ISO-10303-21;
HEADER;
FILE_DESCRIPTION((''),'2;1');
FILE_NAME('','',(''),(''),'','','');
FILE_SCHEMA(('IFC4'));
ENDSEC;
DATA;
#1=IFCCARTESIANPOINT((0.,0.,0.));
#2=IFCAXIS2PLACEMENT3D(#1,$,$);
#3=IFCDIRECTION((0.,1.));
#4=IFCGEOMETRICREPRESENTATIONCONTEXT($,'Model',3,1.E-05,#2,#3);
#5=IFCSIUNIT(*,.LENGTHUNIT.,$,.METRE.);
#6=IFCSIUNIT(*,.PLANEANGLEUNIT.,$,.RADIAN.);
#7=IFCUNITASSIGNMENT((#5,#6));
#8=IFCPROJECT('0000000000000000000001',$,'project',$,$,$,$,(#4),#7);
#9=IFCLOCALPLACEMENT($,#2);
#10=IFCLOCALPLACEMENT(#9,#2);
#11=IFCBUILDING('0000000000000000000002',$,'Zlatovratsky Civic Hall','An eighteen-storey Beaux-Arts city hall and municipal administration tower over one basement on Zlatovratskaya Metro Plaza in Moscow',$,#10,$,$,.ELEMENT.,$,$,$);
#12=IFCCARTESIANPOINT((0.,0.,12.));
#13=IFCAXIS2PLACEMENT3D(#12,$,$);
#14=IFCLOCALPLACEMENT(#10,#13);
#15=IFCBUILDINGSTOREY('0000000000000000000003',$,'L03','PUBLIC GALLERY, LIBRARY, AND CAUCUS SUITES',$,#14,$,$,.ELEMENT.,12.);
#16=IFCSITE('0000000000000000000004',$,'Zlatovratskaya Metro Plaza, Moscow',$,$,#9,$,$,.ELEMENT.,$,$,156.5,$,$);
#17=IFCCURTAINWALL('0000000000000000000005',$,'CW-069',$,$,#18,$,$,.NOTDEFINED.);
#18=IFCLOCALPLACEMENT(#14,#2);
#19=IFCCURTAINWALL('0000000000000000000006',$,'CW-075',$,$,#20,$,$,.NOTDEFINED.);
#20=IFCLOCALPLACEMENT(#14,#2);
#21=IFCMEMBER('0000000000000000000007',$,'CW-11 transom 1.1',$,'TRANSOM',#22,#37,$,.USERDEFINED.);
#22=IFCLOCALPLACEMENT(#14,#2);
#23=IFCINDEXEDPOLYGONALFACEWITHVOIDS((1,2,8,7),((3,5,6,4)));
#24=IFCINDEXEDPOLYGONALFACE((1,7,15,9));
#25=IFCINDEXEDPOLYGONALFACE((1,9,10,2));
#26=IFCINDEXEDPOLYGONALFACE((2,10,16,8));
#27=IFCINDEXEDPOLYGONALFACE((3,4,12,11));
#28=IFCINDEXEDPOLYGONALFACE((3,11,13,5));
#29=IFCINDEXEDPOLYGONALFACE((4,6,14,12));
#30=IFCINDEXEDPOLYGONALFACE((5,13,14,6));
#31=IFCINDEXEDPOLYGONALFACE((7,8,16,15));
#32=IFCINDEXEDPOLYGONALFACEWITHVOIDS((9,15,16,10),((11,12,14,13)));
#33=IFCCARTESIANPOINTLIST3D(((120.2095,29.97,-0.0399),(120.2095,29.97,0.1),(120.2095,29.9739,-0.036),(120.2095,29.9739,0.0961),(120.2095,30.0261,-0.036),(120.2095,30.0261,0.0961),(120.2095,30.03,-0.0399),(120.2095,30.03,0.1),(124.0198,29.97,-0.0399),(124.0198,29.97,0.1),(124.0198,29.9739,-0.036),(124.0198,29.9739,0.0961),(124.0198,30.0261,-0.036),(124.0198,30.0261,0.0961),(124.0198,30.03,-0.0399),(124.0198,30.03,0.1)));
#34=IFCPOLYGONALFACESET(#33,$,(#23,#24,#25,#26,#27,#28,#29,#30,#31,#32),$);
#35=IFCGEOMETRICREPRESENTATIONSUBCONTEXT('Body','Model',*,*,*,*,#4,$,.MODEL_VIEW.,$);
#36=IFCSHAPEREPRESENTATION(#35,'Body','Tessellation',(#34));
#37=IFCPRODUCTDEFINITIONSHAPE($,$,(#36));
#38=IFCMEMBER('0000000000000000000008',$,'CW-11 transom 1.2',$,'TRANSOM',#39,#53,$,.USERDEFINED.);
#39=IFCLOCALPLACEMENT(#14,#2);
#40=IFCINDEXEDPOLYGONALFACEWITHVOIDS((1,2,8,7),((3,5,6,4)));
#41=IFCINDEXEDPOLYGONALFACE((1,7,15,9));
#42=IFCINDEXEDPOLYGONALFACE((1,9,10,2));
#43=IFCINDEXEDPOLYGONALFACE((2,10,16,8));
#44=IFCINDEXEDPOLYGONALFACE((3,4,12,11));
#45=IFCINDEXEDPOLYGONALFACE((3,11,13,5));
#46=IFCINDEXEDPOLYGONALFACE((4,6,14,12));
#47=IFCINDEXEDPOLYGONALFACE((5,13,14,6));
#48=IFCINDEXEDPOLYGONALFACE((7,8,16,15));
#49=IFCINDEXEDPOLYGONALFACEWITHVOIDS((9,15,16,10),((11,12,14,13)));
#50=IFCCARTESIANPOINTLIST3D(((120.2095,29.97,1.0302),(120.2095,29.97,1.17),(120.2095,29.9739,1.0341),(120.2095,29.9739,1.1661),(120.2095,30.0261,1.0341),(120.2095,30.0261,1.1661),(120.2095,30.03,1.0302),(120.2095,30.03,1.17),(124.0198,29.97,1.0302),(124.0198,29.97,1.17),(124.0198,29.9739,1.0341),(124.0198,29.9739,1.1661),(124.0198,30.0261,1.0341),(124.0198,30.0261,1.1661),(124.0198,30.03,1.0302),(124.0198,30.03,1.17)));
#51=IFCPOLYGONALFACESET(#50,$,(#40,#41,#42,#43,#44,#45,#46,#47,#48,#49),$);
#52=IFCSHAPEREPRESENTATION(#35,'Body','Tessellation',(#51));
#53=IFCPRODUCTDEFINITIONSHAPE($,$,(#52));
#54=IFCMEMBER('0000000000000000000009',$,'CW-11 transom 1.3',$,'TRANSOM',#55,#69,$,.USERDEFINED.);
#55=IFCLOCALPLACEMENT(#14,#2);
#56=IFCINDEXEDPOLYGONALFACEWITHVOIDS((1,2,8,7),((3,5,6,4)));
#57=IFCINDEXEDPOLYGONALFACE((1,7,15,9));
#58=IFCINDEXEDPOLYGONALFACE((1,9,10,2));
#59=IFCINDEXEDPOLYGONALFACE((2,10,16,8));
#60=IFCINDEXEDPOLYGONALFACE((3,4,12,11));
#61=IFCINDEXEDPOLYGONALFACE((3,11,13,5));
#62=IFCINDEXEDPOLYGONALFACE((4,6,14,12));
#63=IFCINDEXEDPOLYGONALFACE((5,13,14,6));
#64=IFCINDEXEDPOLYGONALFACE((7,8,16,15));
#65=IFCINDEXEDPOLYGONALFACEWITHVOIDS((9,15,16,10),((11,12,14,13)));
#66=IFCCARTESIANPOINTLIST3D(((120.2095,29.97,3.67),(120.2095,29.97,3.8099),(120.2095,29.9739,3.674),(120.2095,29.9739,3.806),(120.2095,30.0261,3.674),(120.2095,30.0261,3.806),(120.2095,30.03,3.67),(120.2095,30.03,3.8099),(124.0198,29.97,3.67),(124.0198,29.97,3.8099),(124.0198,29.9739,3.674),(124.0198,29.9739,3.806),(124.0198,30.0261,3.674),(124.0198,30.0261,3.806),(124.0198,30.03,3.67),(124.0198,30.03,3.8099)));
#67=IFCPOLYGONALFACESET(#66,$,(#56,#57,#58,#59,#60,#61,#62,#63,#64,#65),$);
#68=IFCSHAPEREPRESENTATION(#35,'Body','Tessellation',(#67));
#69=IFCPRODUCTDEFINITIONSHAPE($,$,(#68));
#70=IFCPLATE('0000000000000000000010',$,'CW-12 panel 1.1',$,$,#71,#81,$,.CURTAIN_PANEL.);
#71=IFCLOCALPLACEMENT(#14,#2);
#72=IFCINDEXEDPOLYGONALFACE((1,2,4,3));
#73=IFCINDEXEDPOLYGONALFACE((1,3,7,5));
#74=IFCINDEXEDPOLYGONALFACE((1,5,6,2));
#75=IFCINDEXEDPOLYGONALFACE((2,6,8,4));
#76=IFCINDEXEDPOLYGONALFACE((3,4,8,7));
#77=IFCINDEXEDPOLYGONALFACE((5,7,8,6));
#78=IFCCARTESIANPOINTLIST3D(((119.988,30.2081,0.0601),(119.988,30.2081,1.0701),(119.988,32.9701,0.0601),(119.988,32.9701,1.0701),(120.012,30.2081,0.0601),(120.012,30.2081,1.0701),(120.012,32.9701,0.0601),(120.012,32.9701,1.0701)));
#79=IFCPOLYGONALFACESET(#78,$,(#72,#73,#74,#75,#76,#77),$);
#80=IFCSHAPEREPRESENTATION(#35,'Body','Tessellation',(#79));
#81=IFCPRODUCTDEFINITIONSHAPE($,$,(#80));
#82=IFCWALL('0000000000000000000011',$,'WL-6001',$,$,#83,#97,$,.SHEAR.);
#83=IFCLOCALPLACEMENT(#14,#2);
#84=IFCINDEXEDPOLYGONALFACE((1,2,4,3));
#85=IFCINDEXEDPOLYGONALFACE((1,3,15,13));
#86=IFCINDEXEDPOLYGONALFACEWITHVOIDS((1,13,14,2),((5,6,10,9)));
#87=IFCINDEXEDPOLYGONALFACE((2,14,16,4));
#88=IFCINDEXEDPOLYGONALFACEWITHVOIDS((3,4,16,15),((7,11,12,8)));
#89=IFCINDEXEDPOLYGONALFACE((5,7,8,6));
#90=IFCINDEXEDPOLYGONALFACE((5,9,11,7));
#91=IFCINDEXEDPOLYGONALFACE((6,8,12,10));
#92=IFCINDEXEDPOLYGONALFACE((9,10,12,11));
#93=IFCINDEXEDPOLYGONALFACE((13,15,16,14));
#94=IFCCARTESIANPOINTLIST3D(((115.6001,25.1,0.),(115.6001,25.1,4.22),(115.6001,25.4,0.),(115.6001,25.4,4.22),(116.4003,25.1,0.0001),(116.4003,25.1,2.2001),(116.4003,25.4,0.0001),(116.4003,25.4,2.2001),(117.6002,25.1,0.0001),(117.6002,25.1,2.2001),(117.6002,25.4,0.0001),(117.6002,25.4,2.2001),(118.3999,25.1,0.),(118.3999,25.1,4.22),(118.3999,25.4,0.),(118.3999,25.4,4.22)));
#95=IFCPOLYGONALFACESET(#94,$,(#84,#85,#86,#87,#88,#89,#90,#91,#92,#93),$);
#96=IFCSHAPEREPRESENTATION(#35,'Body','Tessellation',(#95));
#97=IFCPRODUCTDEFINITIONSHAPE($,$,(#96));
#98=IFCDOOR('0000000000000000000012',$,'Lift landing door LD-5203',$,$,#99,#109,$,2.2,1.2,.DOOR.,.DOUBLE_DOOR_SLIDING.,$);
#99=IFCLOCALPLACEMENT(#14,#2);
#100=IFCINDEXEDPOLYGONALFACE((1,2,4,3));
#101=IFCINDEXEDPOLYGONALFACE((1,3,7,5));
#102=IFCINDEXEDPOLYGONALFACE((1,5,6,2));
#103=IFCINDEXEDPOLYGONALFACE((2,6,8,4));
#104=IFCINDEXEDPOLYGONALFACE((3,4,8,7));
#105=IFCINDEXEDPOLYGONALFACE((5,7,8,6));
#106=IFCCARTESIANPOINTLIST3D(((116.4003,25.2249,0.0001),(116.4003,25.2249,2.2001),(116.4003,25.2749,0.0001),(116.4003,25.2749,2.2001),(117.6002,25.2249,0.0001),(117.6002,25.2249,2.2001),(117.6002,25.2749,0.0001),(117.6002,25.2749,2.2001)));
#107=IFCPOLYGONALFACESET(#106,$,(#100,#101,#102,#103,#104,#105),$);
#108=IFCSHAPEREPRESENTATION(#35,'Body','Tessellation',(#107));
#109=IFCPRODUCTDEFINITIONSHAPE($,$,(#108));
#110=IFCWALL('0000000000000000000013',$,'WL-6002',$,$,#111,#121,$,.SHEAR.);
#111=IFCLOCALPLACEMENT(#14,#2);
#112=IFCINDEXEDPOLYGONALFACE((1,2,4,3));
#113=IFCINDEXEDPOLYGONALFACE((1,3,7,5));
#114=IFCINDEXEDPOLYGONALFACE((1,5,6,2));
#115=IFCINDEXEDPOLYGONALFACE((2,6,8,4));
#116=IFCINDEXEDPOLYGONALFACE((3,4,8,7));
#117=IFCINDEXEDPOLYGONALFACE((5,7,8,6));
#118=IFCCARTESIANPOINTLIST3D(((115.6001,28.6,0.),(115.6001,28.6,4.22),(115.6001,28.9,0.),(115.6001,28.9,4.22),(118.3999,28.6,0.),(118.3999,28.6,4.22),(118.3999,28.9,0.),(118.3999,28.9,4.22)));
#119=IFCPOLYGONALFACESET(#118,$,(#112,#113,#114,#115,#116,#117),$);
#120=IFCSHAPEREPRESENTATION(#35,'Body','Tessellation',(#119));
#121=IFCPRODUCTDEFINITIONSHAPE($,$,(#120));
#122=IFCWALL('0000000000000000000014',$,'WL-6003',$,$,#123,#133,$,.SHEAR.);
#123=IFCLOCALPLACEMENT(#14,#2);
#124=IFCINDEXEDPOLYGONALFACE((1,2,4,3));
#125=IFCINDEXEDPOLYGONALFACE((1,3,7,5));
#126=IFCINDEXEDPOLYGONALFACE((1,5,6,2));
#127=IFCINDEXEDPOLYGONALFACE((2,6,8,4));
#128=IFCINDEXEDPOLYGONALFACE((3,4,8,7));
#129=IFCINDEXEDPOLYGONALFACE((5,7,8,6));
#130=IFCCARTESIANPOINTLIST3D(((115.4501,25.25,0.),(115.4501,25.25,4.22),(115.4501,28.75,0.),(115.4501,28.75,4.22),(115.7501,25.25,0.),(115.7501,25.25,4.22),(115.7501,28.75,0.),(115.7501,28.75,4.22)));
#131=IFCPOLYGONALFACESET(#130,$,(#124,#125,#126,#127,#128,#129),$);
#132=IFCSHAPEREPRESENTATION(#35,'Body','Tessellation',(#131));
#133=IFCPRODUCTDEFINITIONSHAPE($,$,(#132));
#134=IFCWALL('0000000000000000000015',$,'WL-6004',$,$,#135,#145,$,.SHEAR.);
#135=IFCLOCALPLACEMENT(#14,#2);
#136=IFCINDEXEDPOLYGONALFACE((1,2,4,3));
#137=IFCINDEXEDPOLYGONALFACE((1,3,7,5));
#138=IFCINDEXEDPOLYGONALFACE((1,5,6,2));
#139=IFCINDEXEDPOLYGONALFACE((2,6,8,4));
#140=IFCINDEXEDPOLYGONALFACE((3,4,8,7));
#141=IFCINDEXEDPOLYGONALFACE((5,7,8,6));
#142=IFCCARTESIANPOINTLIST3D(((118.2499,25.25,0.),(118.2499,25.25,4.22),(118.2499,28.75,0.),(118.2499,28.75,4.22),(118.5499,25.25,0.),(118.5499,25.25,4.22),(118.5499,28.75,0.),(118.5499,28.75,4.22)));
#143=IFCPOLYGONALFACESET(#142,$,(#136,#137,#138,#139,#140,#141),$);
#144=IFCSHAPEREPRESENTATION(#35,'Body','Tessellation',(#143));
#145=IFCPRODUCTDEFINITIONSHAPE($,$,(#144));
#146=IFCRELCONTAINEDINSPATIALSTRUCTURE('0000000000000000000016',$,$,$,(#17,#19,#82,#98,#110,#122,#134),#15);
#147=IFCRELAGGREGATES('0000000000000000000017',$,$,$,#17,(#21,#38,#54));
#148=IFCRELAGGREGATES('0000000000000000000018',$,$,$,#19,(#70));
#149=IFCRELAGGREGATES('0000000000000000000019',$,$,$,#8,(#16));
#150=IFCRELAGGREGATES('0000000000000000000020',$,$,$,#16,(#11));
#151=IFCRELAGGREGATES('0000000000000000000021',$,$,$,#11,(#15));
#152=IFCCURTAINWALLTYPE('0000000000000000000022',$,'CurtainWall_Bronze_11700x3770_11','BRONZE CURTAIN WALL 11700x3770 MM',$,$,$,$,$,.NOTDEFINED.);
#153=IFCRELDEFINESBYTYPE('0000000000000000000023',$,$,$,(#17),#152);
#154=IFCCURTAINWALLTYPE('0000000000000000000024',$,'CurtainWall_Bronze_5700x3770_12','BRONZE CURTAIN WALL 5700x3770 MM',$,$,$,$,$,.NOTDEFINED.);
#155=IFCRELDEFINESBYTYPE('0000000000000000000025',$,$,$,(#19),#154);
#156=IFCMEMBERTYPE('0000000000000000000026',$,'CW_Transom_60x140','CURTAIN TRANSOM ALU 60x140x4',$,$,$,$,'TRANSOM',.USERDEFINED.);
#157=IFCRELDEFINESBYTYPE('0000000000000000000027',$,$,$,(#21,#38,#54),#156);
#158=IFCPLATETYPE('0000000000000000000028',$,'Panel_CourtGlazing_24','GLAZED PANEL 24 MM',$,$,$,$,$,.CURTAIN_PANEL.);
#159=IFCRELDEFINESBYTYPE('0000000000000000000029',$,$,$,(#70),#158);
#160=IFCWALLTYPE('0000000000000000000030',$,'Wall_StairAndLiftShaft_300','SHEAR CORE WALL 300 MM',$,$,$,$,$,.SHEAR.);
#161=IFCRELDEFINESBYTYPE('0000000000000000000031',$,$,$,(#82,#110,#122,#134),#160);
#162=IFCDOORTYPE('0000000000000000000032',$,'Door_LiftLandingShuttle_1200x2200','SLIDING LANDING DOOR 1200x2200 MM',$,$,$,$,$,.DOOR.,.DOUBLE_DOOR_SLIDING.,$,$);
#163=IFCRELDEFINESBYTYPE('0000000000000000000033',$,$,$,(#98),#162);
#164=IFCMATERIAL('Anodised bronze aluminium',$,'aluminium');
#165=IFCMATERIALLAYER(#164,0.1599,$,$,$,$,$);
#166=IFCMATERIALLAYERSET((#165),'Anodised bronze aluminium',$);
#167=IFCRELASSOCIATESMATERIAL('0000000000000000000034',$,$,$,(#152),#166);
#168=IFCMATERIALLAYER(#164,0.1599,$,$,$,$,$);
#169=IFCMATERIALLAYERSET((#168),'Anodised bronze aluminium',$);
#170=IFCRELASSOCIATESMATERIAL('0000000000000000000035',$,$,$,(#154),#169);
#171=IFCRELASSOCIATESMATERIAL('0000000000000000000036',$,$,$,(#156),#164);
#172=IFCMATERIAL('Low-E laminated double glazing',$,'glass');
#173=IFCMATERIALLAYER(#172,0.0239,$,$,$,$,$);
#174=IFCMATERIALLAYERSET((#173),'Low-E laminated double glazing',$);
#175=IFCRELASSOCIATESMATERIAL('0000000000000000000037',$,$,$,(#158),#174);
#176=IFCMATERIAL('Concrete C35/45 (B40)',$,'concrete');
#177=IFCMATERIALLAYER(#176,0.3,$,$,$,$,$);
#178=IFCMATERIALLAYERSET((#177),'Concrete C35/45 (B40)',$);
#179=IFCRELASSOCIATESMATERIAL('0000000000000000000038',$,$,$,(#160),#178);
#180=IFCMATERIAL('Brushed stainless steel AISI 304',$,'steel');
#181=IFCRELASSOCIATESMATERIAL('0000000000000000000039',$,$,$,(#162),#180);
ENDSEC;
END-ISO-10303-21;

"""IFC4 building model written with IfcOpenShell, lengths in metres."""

from ifc_helpers import new_model, si_unit, direction, frame, frame_2d, origin, origin_2d, place, context, subcontext, project, spatial, rectangle, hollow_rectangle, extrude, material, layer, layer_set, material_profile, profile_set, type_object, element, fill, aggregate, save


model = new_model("IFC4")

# Units and contexts
model_context = context("Model", 3, precision=1e-05, world=origin(), true_north=direction((0.0, 1.0)))
body_context = subcontext(model_context, "Body", "Model", "MODEL_VIEW")
ifc_project = project(units=[si_unit("LENGTHUNIT", "METRE"), si_unit("PLANEANGLEUNIT", "RADIAN")], contexts=[model_context])

# Site, building, storey
site_placement = place(None, origin())
site = spatial("IfcSite", under=ifc_project, at=site_placement, Name="Zlatovratskaya Metro Plaza, Moscow", CompositionType="ELEMENT", RefElevation=156.5)
building_placement = place(site_placement, origin())
building = spatial("IfcBuilding", under=site, at=building_placement, Name="Zlatovratsky Civic Hall", Description="An eighteen-storey Beaux-Arts city hall and municipal administration tower over one basement on Zlatovratskaya Metro Plaza in Moscow", CompositionType="ELEMENT")
storey_placement = place(building_placement, frame((0.0, 0.0, 12.0)))
storey = spatial("IfcBuildingStorey", under=building, at=storey_placement, Name="L03", Description="PUBLIC GALLERY, LIBRARY, AND CAUCUS SUITES", CompositionType="ELEMENT", Elevation=12.0)

# Curtain wall
ifc_material_1 = material(Name="Anodised bronze aluminium", Category="aluminium")
ifc_layer_1 = layer(ifc_material_1, 0.1599)
ifc_layer_set_1 = layer_set([ifc_layer_1], Name="Anodised bronze aluminium")
curtain_wall_type_1 = type_object("IfcCurtainWallType", Name="CurtainWall_Bronze_11700x3770_11", Description="BRONZE CURTAIN WALL 11700x3770 MM", PredefinedType="NOTDEFINED", material=ifc_layer_set_1)
curtain_wall_1_placement = place(storey_placement, origin())
curtain_wall_1 = element("IfcCurtainWall", 1, at=curtain_wall_1_placement, inside=storey, type_object=curtain_wall_type_1, Name="CW-069", PredefinedType="NOTDEFINED")

# Curtain wall
ifc_layer_2 = layer(ifc_material_1, 0.1599)
ifc_layer_set_2 = layer_set([ifc_layer_2], Name="Anodised bronze aluminium")
curtain_wall_type_2 = type_object("IfcCurtainWallType", Name="CurtainWall_Bronze_5700x3770_12", Description="BRONZE CURTAIN WALL 5700x3770 MM", PredefinedType="NOTDEFINED", material=ifc_layer_set_2)
curtain_wall_2_placement = place(storey_placement, origin())
curtain_wall_2 = element("IfcCurtainWall", 2, at=curtain_wall_2_placement, inside=storey, type_object=curtain_wall_type_2, Name="CW-075", PredefinedType="NOTDEFINED")

# Members
ifc_material_profile_1 = material_profile(ifc_material_1, hollow_rectangle(XDim=0.0601, YDim=0.1399, WallThickness=0.0039, at=origin_2d()), Name="ALU 60x140x4")
ifc_profile_set_1 = profile_set([ifc_material_profile_1], Name="Anodised bronze aluminium")
member_type_1 = type_object("IfcMemberType", Name="CW_Transom_60x140", Description="CURTAIN TRANSOM ALU 60x140x4", ElementType="TRANSOM", PredefinedType="USERDEFINED", material=ifc_profile_set_1)
member_1_placement = place(storey_placement, frame((120.2095, 30.0, 0.03), z_axis=(1.0, 0.0, 0.0), x_axis=(0.0, 1.0, 0.0)))
member_1 = element("IfcMember", 3, at=member_1_placement, type_object=member_type_1, Name="CW-11 transom 1.1", ObjectType="TRANSOM", PredefinedType="USERDEFINED", context=body_context, shape_type="SweptSolid", body=[
    extrude(hollow_rectangle(XDim=0.0601, YDim=0.1399, WallThickness=0.0039, at=origin_2d()), origin(), (0.0, 0.0, 1.0), 3.8103),
])
member_2_placement = place(storey_placement, frame((120.2095, 30.0, 1.1001), z_axis=(1.0, 0.0, 0.0), x_axis=(0.0, 1.0, 0.0)))
member_2 = element("IfcMember", 4, at=member_2_placement, type_object=member_type_1, Name="CW-11 transom 1.2", ObjectType="TRANSOM", PredefinedType="USERDEFINED", context=body_context, shape_type="SweptSolid", body=[
    extrude(hollow_rectangle(XDim=0.0601, YDim=0.1399, WallThickness=0.0039, at=origin_2d()), origin(), (0.0, 0.0, 1.0), 3.8103),
])
member_3_placement = place(storey_placement, frame((120.2095, 30.0, 3.74), z_axis=(1.0, 0.0, 0.0), x_axis=(0.0, 1.0, 0.0)))
member_3 = element("IfcMember", 5, at=member_3_placement, type_object=member_type_1, Name="CW-11 transom 1.3", ObjectType="TRANSOM", PredefinedType="USERDEFINED", context=body_context, shape_type="SweptSolid", body=[
    extrude(hollow_rectangle(XDim=0.0601, YDim=0.1399, WallThickness=0.0039, at=origin_2d()), origin(), (0.0, 0.0, 1.0), 3.8103),
])
aggregate(curtain_wall_1, [member_1, member_2, member_3])

# Plate
ifc_material_2 = material(Name="Low-E laminated double glazing", Category="glass")
ifc_layer_3 = layer(ifc_material_2, 0.0239)
ifc_layer_set_3 = layer_set([ifc_layer_3], Name="Low-E laminated double glazing")
plate_type = type_object("IfcPlateType", Name="Panel_CourtGlazing_24", Description="GLAZED PANEL 24 MM", PredefinedType="CURTAIN_PANEL", material=ifc_layer_set_3)
plate_placement = place(storey_placement, frame((120.0, 31.5891, 0.0601), z_axis=(0.0, 0.0, 1.0), x_axis=(0.0, 1.0, 0.0)))
plate = element("IfcPlate", 6, at=plate_placement, type_object=plate_type, Name="CW-12 panel 1.1", PredefinedType="CURTAIN_PANEL", context=body_context, shape_type="SweptSolid", body=[
    extrude(rectangle(XDim=2.762, YDim=0.0239, at=origin_2d()), origin(), (0.0, 0.0, 1.0), 1.01),
])
aggregate(curtain_wall_2, [plate])

# Wall, opening, door
ifc_material_3 = material(Name="Concrete C35/45 (B40)", Category="concrete")
ifc_layer_4 = layer(ifc_material_3, 0.3)
ifc_layer_set_4 = layer_set([ifc_layer_4], Name="Concrete C35/45 (B40)")
wall_type = type_object("IfcWallType", Name="Wall_StairAndLiftShaft_300", Description="SHEAR CORE WALL 300 MM", PredefinedType="SHEAR", material=ifc_layer_set_4)
wall_1_placement = place(storey_placement, frame((115.6001, 25.25, 0.0), z_axis=(0.0, 0.0, 1.0), x_axis=(1.0, 0.0, 0.0)))
wall_1 = element("IfcWall", 7, at=wall_1_placement, inside=storey, type_object=wall_type, Name="WL-6001", PredefinedType="SHEAR", context=body_context, shape_type="SweptSolid", body=[
    extrude(rectangle(XDim=2.7998, YDim=0.3, at=frame_2d((1.3999, 0.0))), origin(), (0.0, 0.0, 1.0), 4.22),
])
opening_placement = place(wall_1_placement, frame((0.8, 0.0, 0.0)))
opening = element("IfcOpeningElement", 8, at=opening_placement, cuts=wall_1, PredefinedType="OPENING", context=body_context, shape_type="SweptSolid", body=[
    extrude(rectangle(XDim=1.2, YDim=2.2, at=frame_2d((0.6001, 1.1001))), frame((0.0, 0.165, 0.0), z_axis=(0.0, -1.0, 0.0), x_axis=(1.0, 0.0, 0.0)), (0.0, 0.0, 1.0), 0.3298),
])
ifc_material_4 = material(Name="Brushed stainless steel AISI 304", Category="steel")
door_type = type_object("IfcDoorType", Name="Door_LiftLandingShuttle_1200x2200", Description="SLIDING LANDING DOOR 1200x2200 MM", OperationType="DOUBLE_DOOR_SLIDING", PredefinedType="DOOR", material=ifc_material_4)
door_placement = place(opening_placement, origin())
door = element("IfcDoor", 9, at=door_placement, inside=storey, type_object=door_type, Name="Lift landing door LD-5203", OperationType="DOUBLE_DOOR_SLIDING", OverallHeight=2.2, OverallWidth=1.2, PredefinedType="DOOR", context=body_context, shape_type="SweptSolid", body=[
    extrude(rectangle(XDim=1.2, YDim=2.2, at=frame_2d((0.6001, 1.1001))), frame((0.0, 0.0249, 0.0), z_axis=(0.0, -1.0, 0.0), x_axis=(1.0, 0.0, 0.0)), (0.0, 0.0, 1.0), 0.05),
])
fill(opening, door)

# Walls
wall_2_placement = place(storey_placement, frame((115.6001, 28.75, 0.0), z_axis=(0.0, 0.0, 1.0), x_axis=(1.0, 0.0, 0.0)))
element("IfcWall", 10, at=wall_2_placement, inside=storey, type_object=wall_type, Name="WL-6002", PredefinedType="SHEAR", context=body_context, shape_type="SweptSolid", body=[
    extrude(rectangle(XDim=2.7998, YDim=0.3, at=frame_2d((1.3999, 0.0))), origin(), (0.0, 0.0, 1.0), 4.22),
])
for number, where, z_axis, x_axis, name in (
    (11, (115.6001, 25.25, 0.0), (0.0, 0.0, 1.0), (0.0, 1.0, 0.0), "WL-6003"),
    (12, (118.3999, 25.25, 0.0), (0.0, 0.0, 1.0), (0.0, 1.0, 0.0), "WL-6004"),
):
    element("IfcWall", number, at=place(storey_placement, frame(where, z_axis=z_axis, x_axis=x_axis)), inside=storey, type_object=wall_type, Name=name, PredefinedType="SHEAR", context=body_context, shape_type="SweptSolid", body=[
        extrude(rectangle(XDim=3.5, YDim=0.3, at=frame_2d((1.75, 0.0))), origin(), (0.0, 0.0, 1.0), 4.22),
    ])

save(model, "model.ifc")
